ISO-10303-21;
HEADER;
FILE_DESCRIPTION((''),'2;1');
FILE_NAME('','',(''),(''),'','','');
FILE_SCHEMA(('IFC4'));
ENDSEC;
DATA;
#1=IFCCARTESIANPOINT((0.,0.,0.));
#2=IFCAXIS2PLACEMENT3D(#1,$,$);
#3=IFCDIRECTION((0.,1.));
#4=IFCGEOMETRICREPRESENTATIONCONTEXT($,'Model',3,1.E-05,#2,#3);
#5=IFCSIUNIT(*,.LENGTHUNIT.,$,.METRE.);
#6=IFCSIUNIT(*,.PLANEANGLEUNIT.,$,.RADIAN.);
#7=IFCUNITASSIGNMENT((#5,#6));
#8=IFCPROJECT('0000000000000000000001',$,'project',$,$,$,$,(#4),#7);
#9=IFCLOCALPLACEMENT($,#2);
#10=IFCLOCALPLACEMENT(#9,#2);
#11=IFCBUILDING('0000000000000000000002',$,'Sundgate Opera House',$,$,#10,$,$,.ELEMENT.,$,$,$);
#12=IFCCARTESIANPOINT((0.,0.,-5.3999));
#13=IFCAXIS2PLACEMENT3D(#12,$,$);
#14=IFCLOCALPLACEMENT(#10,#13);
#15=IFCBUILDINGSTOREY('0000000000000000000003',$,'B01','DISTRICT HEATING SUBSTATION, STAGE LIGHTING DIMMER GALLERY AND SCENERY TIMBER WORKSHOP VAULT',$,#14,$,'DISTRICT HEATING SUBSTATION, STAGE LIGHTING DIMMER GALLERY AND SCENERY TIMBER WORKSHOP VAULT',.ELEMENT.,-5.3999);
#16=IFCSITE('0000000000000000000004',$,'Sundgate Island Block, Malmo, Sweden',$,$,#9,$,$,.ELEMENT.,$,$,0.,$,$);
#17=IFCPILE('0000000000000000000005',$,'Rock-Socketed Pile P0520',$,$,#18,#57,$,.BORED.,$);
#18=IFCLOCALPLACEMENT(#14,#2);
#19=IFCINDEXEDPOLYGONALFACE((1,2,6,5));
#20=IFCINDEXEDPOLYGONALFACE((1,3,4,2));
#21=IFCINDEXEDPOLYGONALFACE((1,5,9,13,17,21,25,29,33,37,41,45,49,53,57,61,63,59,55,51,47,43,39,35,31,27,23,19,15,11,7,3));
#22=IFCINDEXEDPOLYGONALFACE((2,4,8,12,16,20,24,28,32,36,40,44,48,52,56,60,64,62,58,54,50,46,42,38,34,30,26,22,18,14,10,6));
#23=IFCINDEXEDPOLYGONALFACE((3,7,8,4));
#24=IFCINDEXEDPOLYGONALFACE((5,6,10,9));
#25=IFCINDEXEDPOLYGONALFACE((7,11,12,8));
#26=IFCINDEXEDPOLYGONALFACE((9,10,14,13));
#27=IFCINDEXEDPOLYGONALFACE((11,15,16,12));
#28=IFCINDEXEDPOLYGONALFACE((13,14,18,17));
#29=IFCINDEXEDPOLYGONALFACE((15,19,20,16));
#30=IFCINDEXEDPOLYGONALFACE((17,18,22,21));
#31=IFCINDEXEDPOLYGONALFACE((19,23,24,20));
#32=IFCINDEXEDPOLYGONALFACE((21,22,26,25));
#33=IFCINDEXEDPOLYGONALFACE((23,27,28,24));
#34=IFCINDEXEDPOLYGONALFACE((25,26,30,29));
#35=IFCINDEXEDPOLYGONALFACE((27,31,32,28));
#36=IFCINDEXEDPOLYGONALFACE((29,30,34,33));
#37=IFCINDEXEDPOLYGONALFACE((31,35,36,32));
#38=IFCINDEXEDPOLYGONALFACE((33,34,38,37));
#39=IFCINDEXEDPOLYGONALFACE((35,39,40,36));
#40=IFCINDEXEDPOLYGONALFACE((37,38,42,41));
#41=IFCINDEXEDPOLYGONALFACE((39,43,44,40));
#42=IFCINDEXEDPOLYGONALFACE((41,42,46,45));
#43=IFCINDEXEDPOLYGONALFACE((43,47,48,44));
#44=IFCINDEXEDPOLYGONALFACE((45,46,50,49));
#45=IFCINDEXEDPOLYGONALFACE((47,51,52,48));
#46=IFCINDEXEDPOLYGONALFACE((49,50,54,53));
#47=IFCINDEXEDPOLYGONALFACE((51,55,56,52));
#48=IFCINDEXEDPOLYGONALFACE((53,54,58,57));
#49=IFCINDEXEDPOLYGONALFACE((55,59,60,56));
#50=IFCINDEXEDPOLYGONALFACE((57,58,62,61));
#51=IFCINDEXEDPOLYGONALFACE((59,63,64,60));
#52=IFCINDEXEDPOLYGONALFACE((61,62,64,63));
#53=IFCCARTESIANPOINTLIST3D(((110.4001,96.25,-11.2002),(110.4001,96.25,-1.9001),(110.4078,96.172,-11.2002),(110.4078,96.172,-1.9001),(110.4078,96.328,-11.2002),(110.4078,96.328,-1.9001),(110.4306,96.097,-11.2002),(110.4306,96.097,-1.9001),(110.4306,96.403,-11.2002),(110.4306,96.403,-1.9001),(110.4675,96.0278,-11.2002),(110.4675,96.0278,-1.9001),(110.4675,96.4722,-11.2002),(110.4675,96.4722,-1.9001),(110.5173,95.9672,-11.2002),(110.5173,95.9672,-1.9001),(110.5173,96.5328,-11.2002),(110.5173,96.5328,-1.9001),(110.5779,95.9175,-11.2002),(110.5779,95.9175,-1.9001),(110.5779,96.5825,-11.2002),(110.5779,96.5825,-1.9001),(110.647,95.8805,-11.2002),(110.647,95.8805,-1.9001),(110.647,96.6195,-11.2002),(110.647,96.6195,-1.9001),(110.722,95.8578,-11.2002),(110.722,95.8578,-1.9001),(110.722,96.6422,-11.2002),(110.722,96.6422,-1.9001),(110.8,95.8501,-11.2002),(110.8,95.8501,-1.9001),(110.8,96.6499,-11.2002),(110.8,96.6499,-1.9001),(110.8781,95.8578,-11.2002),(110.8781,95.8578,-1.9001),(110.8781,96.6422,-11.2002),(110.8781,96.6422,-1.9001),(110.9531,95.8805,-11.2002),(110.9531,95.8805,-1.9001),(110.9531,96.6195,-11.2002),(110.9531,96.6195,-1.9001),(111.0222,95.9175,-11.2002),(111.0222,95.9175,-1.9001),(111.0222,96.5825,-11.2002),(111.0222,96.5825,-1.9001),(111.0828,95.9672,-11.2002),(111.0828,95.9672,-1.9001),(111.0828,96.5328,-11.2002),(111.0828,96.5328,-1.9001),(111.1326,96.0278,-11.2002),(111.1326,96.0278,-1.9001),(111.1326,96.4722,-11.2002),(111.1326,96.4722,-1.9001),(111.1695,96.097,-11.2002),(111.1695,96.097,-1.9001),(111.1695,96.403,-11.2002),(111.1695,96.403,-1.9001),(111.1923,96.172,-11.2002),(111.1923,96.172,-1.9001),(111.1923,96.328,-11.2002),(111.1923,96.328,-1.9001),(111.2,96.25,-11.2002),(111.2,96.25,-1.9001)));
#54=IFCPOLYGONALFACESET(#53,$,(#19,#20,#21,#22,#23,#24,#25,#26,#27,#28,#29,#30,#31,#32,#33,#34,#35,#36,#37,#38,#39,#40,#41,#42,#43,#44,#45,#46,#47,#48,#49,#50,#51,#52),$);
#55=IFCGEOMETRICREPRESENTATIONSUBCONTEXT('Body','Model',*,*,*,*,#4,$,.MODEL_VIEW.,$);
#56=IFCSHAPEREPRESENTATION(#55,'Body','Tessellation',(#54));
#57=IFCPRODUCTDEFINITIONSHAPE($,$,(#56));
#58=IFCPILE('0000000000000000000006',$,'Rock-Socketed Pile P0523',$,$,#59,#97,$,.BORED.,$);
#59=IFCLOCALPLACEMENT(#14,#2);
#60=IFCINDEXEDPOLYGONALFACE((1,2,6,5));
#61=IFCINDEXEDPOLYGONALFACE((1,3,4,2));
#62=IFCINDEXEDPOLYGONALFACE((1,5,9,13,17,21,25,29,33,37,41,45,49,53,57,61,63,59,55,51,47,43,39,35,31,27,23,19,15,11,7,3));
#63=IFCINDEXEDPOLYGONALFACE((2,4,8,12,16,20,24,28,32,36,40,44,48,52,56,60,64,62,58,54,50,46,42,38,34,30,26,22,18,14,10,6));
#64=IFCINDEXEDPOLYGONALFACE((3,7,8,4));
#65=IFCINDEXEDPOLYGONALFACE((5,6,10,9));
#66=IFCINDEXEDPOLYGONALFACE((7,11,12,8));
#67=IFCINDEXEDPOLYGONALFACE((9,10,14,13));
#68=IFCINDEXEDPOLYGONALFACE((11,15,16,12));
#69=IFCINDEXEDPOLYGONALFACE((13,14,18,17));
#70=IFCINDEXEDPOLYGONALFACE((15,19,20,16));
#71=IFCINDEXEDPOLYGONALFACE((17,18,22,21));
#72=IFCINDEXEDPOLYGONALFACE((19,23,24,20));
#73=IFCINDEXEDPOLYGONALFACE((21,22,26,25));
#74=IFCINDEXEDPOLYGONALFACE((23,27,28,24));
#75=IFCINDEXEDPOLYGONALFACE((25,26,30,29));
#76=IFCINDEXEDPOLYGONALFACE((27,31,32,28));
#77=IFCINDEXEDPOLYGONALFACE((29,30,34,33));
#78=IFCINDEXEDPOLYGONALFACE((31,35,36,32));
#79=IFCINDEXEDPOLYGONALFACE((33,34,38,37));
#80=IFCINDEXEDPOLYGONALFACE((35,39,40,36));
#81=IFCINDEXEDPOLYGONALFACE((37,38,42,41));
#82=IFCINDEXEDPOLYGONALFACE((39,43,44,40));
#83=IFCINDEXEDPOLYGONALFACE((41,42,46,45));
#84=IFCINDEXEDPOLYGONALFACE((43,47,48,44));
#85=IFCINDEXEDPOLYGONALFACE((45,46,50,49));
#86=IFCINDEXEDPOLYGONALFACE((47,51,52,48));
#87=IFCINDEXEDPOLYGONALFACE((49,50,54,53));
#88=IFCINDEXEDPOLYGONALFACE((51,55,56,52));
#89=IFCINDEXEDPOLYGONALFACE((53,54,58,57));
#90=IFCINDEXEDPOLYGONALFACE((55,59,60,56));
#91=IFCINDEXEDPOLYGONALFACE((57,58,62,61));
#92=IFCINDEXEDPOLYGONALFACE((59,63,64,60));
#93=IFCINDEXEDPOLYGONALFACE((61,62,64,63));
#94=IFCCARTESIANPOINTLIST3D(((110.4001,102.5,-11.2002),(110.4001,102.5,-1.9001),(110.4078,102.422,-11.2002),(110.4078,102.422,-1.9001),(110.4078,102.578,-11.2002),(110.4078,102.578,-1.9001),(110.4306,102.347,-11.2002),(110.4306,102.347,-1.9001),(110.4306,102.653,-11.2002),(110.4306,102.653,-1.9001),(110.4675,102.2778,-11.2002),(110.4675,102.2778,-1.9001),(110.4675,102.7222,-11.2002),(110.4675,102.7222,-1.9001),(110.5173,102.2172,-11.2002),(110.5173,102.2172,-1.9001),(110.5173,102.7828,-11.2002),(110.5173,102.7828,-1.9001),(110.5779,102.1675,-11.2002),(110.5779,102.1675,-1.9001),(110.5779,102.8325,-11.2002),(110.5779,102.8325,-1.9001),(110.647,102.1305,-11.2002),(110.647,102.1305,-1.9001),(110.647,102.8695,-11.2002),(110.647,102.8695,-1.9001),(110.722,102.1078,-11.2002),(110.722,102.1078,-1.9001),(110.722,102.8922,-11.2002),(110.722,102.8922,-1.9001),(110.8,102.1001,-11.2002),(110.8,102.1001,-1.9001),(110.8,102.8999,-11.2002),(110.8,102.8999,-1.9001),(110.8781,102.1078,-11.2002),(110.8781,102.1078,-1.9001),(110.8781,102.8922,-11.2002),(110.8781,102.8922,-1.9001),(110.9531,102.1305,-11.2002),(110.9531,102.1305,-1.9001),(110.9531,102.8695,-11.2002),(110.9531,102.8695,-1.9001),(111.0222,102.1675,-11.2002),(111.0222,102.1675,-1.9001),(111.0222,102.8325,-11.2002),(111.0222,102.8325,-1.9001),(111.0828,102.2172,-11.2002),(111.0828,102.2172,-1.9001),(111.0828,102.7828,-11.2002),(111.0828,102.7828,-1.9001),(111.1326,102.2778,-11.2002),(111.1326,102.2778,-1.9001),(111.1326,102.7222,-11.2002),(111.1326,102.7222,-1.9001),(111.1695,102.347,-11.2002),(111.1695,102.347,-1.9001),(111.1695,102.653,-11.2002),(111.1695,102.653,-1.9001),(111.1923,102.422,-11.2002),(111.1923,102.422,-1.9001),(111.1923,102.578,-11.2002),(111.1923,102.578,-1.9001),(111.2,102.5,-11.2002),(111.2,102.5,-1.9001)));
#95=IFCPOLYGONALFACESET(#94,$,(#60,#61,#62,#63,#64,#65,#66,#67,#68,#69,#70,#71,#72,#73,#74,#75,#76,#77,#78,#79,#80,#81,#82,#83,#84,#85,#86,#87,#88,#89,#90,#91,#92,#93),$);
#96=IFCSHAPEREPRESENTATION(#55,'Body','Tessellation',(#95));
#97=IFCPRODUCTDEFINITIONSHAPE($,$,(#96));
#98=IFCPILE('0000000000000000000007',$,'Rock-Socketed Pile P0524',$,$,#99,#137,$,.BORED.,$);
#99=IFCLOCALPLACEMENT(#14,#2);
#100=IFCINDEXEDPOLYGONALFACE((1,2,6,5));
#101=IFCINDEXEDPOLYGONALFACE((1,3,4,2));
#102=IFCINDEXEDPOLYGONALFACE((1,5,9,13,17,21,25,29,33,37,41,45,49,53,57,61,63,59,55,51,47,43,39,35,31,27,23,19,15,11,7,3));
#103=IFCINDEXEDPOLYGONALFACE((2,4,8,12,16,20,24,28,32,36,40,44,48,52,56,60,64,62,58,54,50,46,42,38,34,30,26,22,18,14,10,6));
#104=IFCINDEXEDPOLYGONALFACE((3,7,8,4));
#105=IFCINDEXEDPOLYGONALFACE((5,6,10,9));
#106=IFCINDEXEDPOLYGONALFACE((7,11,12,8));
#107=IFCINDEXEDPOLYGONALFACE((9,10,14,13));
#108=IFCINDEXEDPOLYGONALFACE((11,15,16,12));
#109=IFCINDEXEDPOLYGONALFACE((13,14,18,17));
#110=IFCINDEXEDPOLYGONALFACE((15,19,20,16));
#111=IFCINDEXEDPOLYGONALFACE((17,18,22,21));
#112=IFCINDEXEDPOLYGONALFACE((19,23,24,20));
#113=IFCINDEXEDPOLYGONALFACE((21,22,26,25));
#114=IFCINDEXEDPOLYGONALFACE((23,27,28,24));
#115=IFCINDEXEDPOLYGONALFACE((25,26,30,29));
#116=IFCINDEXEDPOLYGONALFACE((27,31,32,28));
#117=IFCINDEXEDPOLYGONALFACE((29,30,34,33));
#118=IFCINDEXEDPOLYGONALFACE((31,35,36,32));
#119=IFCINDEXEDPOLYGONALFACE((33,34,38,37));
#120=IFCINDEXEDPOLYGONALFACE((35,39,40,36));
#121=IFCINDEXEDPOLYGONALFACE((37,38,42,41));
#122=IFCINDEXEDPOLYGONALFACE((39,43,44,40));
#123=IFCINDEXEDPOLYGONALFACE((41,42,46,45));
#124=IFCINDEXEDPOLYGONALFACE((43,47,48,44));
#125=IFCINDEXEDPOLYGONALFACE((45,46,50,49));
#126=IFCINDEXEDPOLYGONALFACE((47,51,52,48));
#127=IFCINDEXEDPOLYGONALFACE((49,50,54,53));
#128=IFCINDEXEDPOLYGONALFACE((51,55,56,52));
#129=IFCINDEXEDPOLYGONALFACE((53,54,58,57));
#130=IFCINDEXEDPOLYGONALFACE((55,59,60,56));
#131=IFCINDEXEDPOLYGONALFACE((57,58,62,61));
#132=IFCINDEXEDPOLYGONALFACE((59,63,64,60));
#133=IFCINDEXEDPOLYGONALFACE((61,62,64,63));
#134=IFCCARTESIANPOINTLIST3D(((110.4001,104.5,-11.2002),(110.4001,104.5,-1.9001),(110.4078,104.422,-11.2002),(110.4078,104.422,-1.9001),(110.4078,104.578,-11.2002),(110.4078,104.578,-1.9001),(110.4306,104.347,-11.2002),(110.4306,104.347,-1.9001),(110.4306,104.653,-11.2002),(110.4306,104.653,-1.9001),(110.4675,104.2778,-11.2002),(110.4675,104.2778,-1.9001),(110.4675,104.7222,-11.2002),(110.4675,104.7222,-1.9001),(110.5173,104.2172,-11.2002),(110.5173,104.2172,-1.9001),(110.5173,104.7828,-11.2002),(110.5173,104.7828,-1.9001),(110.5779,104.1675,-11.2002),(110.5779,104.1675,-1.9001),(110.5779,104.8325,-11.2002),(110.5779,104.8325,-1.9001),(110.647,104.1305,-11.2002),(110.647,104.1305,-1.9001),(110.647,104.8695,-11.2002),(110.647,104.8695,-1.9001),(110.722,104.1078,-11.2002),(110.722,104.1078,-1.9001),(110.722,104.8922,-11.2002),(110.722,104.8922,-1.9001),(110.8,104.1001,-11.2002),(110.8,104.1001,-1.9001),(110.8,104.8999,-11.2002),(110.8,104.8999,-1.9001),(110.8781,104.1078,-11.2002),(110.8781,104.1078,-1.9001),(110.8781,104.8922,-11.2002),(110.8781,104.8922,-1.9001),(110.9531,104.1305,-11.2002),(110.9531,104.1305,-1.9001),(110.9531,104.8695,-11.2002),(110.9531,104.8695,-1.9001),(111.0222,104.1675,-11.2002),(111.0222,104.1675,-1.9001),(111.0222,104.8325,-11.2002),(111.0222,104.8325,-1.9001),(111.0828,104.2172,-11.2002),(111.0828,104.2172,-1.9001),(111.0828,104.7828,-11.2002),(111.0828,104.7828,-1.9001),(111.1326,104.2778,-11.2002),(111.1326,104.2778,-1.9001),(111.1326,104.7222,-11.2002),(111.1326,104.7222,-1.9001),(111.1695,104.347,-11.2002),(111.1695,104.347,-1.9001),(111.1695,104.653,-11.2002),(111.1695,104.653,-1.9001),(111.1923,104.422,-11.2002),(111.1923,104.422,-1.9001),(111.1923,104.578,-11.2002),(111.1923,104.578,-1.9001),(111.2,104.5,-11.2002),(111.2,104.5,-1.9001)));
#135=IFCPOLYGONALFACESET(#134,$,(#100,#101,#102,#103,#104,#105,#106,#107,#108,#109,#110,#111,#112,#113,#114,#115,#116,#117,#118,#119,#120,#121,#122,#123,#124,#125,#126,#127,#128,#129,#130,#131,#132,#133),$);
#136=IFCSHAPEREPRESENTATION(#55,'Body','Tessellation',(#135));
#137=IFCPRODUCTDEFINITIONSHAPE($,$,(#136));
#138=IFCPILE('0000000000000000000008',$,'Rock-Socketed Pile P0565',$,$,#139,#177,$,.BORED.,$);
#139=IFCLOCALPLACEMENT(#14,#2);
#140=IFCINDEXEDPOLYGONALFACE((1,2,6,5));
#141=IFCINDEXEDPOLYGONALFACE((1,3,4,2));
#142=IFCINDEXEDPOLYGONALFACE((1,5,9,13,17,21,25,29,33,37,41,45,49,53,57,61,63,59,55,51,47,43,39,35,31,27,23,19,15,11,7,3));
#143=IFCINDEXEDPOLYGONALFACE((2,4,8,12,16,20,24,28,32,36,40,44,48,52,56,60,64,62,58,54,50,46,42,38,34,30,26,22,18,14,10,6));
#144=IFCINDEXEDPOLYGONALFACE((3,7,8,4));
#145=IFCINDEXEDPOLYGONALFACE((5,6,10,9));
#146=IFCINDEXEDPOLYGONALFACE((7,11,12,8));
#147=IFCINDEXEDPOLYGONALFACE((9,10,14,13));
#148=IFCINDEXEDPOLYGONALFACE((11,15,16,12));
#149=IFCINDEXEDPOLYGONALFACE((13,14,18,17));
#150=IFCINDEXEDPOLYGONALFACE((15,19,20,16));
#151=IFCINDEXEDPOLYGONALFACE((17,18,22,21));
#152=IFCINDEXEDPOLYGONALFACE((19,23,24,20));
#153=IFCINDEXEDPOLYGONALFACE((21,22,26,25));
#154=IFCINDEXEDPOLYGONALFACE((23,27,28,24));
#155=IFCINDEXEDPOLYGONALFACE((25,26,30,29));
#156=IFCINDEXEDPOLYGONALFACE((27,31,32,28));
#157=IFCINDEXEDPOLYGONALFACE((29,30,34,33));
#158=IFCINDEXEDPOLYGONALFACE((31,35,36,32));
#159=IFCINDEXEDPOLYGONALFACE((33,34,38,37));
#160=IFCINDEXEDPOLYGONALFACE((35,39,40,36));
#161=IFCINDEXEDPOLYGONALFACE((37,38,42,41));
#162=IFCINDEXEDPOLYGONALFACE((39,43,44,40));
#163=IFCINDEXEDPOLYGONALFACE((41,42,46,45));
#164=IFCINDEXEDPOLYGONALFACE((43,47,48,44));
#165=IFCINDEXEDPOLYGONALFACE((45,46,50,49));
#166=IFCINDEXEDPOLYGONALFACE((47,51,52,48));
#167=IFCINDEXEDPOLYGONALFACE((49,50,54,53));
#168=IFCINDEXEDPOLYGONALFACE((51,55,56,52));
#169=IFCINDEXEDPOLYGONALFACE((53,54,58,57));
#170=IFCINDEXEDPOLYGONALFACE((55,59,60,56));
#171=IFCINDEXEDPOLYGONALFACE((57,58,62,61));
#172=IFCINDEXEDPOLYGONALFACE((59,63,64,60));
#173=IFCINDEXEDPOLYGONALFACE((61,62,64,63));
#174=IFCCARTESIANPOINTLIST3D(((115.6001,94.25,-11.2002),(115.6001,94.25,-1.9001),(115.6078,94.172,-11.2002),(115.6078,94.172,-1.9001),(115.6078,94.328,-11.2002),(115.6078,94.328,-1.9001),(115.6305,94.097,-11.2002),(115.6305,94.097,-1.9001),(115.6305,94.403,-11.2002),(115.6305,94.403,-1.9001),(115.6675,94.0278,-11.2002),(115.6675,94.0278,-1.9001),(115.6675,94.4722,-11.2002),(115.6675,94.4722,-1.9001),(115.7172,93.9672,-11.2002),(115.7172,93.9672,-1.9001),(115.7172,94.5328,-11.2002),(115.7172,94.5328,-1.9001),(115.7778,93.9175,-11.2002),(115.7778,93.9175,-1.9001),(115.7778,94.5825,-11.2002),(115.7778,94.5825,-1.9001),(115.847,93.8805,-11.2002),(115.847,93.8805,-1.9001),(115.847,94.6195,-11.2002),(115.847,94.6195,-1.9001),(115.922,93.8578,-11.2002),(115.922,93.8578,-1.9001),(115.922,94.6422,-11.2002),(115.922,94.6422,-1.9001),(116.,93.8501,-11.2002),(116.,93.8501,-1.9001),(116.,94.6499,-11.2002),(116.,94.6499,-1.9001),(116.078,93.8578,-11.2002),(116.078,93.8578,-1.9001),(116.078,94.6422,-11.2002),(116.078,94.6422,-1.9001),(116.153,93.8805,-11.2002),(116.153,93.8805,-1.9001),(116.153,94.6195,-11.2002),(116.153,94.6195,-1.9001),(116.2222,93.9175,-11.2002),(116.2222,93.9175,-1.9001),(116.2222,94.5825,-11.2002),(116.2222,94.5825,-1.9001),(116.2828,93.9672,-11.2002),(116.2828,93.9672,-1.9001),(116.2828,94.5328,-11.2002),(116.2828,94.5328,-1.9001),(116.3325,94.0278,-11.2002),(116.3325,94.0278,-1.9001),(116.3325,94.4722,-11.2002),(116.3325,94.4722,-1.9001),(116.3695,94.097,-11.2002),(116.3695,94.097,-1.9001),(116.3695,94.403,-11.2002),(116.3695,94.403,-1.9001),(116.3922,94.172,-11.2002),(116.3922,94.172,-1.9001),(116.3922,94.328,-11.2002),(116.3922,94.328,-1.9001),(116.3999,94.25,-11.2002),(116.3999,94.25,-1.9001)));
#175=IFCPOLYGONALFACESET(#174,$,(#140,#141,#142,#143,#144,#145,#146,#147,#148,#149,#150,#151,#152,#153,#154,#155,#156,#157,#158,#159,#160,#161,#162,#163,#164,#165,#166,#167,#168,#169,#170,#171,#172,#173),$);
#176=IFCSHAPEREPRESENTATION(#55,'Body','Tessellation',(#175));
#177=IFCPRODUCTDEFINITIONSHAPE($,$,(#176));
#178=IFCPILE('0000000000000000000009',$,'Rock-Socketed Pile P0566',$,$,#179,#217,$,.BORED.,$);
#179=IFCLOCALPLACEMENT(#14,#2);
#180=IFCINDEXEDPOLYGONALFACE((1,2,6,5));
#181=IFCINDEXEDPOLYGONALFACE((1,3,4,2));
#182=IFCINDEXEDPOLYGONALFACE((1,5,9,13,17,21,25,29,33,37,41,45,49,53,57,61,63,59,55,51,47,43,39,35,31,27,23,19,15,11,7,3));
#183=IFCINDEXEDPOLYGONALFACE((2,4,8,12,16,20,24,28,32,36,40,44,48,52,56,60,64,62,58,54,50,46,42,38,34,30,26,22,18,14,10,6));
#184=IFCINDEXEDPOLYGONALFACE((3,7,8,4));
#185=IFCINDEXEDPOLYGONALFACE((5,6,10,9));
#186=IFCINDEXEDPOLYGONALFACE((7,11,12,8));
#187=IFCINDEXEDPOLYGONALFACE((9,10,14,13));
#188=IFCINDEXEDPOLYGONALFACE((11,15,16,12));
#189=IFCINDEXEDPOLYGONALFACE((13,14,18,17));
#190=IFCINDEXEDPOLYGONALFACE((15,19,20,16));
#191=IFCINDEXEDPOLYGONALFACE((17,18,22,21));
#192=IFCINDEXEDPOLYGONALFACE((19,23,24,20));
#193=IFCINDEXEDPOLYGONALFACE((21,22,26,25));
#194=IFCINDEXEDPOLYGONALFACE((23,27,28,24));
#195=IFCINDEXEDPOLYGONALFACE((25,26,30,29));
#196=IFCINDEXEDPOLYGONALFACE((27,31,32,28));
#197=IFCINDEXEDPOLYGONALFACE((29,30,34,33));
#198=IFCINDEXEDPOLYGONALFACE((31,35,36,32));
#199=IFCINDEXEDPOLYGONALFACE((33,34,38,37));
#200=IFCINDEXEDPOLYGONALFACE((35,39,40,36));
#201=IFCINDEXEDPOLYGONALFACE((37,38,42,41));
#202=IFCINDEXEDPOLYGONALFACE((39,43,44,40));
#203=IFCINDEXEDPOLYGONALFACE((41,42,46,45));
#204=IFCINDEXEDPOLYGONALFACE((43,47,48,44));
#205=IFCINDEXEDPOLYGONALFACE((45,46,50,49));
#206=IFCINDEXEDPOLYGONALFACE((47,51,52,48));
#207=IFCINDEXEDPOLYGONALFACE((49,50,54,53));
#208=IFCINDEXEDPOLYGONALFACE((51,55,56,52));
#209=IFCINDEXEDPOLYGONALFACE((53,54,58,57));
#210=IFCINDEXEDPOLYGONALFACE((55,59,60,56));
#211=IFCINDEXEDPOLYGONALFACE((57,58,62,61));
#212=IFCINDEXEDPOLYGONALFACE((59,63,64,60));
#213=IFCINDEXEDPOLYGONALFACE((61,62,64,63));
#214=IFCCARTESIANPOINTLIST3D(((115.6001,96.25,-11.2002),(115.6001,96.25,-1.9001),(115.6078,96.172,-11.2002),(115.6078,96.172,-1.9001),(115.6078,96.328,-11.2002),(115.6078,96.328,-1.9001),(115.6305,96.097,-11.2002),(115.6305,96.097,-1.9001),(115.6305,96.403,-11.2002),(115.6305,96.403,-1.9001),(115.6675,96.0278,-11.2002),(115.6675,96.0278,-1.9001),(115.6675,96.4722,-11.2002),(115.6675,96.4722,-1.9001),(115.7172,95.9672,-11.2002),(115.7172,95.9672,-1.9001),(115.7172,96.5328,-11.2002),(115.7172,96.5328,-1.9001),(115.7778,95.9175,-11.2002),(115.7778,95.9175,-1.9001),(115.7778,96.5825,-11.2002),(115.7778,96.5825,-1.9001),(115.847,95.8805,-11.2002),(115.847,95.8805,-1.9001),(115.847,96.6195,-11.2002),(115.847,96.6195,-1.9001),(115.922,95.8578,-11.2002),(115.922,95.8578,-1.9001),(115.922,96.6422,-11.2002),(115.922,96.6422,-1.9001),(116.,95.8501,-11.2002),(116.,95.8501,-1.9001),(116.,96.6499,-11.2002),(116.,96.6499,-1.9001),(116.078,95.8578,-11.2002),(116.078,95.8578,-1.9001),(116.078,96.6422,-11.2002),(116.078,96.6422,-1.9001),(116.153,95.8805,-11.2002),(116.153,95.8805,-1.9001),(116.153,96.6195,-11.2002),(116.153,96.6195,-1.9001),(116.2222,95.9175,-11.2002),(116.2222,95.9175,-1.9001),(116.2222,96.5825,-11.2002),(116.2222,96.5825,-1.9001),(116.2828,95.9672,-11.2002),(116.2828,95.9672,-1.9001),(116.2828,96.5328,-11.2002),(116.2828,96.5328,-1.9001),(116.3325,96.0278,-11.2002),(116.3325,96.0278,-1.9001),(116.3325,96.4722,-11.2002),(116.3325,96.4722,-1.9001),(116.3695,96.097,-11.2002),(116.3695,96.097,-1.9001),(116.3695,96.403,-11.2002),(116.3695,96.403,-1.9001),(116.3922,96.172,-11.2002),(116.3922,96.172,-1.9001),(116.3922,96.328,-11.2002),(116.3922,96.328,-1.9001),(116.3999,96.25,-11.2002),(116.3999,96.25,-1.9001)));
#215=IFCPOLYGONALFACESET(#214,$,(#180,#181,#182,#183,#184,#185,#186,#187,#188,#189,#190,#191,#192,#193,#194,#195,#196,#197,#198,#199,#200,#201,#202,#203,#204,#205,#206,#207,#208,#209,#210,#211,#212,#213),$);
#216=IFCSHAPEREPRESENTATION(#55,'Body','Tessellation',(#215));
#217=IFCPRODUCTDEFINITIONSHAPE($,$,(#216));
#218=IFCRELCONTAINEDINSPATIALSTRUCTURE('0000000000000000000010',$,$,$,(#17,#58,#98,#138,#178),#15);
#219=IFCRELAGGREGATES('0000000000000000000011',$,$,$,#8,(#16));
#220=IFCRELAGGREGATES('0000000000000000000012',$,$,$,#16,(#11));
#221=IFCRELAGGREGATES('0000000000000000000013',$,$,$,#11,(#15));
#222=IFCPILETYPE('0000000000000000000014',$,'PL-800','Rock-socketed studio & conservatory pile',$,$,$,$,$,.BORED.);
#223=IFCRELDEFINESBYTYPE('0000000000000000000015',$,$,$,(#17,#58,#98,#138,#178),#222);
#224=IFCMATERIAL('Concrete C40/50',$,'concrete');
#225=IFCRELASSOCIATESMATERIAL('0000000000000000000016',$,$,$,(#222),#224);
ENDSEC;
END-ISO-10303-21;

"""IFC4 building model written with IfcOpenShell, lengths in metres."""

from ifc_helpers import new_model, si_unit, direction, frame, origin, origin_2d, place, context, subcontext, project, spatial, circle, extrude, material, material_profile, profile_set, type_object, element, save


model = new_model("IFC4")

# Units and contexts
model_context = context("Model", 3, precision=1e-05, world=origin(), true_north=direction((0.0, 1.0)))
body_context = subcontext(model_context, "Body", "Model", "MODEL_VIEW")
ifc_project = project(units=[si_unit("LENGTHUNIT", "METRE"), si_unit("PLANEANGLEUNIT", "RADIAN")], contexts=[model_context])

# Site, building, storey
site_placement = place(None, origin())
site = spatial("IfcSite", under=ifc_project, at=site_placement, Name="Sundgate Island Block, Malmo, Sweden", CompositionType="ELEMENT", RefElevation=0.0)
building_placement = place(site_placement, origin())
building = spatial("IfcBuilding", under=site, at=building_placement, Name="Sundgate Opera House", CompositionType="ELEMENT")
storey_placement = place(building_placement, frame((0.0, 0.0, -5.3999)))
storey = spatial("IfcBuildingStorey", under=building, at=storey_placement, Name="B01", Description="DISTRICT HEATING SUBSTATION, STAGE LIGHTING DIMMER GALLERY AND SCENERY TIMBER WORKSHOP VAULT", LongName="DISTRICT HEATING SUBSTATION, STAGE LIGHTING DIMMER GALLERY AND SCENERY TIMBER WORKSHOP VAULT", CompositionType="ELEMENT", Elevation=-5.3999)

# Piles
ifc_material_1 = material(Name="Concrete C40/50", Category="concrete")
ifc_material_profile_1 = material_profile(ifc_material_1, circle(Radius=0.3999, at=origin_2d()), Name="PILE D800")
ifc_profile_set_1 = profile_set([ifc_material_profile_1], Name="Concrete C40/50")
pile_type = type_object("IfcPileType", Name="PL-800", Description="Rock-socketed studio & conservatory pile", PredefinedType="BORED", material=ifc_profile_set_1)
for number, where, z_axis, x_axis, name in (
    (1, (110.8, 96.25, -1.9001), (0.0, 0.0, -1.0), (1.0, 0.0, 0.0), "Rock-Socketed Pile P0520"),
    (2, (110.8, 102.5, -1.9001), (0.0, 0.0, -1.0), (1.0, 0.0, 0.0), "Rock-Socketed Pile P0523"),
    (3, (110.8, 104.5, -1.9001), (0.0, 0.0, -1.0), (1.0, 0.0, 0.0), "Rock-Socketed Pile P0524"),
    (4, (116.0, 94.25, -1.9001), (0.0, 0.0, -1.0), (1.0, 0.0, 0.0), "Rock-Socketed Pile P0565"),
    (5, (116.0, 96.25, -1.9001), (0.0, 0.0, -1.0), (1.0, 0.0, 0.0), "Rock-Socketed Pile P0566"),
):
    element("IfcPile", number, at=place(storey_placement, frame(where, z_axis=z_axis, x_axis=x_axis)), inside=storey, type_object=pile_type, Name=name, PredefinedType="BORED", context=body_context, shape_type="SweptSolid", body=[
        extrude(circle(Radius=0.3999, at=origin_2d()), origin(), (0.0, 0.0, 1.0), 9.3),
    ])

save(model, "model.ifc")
